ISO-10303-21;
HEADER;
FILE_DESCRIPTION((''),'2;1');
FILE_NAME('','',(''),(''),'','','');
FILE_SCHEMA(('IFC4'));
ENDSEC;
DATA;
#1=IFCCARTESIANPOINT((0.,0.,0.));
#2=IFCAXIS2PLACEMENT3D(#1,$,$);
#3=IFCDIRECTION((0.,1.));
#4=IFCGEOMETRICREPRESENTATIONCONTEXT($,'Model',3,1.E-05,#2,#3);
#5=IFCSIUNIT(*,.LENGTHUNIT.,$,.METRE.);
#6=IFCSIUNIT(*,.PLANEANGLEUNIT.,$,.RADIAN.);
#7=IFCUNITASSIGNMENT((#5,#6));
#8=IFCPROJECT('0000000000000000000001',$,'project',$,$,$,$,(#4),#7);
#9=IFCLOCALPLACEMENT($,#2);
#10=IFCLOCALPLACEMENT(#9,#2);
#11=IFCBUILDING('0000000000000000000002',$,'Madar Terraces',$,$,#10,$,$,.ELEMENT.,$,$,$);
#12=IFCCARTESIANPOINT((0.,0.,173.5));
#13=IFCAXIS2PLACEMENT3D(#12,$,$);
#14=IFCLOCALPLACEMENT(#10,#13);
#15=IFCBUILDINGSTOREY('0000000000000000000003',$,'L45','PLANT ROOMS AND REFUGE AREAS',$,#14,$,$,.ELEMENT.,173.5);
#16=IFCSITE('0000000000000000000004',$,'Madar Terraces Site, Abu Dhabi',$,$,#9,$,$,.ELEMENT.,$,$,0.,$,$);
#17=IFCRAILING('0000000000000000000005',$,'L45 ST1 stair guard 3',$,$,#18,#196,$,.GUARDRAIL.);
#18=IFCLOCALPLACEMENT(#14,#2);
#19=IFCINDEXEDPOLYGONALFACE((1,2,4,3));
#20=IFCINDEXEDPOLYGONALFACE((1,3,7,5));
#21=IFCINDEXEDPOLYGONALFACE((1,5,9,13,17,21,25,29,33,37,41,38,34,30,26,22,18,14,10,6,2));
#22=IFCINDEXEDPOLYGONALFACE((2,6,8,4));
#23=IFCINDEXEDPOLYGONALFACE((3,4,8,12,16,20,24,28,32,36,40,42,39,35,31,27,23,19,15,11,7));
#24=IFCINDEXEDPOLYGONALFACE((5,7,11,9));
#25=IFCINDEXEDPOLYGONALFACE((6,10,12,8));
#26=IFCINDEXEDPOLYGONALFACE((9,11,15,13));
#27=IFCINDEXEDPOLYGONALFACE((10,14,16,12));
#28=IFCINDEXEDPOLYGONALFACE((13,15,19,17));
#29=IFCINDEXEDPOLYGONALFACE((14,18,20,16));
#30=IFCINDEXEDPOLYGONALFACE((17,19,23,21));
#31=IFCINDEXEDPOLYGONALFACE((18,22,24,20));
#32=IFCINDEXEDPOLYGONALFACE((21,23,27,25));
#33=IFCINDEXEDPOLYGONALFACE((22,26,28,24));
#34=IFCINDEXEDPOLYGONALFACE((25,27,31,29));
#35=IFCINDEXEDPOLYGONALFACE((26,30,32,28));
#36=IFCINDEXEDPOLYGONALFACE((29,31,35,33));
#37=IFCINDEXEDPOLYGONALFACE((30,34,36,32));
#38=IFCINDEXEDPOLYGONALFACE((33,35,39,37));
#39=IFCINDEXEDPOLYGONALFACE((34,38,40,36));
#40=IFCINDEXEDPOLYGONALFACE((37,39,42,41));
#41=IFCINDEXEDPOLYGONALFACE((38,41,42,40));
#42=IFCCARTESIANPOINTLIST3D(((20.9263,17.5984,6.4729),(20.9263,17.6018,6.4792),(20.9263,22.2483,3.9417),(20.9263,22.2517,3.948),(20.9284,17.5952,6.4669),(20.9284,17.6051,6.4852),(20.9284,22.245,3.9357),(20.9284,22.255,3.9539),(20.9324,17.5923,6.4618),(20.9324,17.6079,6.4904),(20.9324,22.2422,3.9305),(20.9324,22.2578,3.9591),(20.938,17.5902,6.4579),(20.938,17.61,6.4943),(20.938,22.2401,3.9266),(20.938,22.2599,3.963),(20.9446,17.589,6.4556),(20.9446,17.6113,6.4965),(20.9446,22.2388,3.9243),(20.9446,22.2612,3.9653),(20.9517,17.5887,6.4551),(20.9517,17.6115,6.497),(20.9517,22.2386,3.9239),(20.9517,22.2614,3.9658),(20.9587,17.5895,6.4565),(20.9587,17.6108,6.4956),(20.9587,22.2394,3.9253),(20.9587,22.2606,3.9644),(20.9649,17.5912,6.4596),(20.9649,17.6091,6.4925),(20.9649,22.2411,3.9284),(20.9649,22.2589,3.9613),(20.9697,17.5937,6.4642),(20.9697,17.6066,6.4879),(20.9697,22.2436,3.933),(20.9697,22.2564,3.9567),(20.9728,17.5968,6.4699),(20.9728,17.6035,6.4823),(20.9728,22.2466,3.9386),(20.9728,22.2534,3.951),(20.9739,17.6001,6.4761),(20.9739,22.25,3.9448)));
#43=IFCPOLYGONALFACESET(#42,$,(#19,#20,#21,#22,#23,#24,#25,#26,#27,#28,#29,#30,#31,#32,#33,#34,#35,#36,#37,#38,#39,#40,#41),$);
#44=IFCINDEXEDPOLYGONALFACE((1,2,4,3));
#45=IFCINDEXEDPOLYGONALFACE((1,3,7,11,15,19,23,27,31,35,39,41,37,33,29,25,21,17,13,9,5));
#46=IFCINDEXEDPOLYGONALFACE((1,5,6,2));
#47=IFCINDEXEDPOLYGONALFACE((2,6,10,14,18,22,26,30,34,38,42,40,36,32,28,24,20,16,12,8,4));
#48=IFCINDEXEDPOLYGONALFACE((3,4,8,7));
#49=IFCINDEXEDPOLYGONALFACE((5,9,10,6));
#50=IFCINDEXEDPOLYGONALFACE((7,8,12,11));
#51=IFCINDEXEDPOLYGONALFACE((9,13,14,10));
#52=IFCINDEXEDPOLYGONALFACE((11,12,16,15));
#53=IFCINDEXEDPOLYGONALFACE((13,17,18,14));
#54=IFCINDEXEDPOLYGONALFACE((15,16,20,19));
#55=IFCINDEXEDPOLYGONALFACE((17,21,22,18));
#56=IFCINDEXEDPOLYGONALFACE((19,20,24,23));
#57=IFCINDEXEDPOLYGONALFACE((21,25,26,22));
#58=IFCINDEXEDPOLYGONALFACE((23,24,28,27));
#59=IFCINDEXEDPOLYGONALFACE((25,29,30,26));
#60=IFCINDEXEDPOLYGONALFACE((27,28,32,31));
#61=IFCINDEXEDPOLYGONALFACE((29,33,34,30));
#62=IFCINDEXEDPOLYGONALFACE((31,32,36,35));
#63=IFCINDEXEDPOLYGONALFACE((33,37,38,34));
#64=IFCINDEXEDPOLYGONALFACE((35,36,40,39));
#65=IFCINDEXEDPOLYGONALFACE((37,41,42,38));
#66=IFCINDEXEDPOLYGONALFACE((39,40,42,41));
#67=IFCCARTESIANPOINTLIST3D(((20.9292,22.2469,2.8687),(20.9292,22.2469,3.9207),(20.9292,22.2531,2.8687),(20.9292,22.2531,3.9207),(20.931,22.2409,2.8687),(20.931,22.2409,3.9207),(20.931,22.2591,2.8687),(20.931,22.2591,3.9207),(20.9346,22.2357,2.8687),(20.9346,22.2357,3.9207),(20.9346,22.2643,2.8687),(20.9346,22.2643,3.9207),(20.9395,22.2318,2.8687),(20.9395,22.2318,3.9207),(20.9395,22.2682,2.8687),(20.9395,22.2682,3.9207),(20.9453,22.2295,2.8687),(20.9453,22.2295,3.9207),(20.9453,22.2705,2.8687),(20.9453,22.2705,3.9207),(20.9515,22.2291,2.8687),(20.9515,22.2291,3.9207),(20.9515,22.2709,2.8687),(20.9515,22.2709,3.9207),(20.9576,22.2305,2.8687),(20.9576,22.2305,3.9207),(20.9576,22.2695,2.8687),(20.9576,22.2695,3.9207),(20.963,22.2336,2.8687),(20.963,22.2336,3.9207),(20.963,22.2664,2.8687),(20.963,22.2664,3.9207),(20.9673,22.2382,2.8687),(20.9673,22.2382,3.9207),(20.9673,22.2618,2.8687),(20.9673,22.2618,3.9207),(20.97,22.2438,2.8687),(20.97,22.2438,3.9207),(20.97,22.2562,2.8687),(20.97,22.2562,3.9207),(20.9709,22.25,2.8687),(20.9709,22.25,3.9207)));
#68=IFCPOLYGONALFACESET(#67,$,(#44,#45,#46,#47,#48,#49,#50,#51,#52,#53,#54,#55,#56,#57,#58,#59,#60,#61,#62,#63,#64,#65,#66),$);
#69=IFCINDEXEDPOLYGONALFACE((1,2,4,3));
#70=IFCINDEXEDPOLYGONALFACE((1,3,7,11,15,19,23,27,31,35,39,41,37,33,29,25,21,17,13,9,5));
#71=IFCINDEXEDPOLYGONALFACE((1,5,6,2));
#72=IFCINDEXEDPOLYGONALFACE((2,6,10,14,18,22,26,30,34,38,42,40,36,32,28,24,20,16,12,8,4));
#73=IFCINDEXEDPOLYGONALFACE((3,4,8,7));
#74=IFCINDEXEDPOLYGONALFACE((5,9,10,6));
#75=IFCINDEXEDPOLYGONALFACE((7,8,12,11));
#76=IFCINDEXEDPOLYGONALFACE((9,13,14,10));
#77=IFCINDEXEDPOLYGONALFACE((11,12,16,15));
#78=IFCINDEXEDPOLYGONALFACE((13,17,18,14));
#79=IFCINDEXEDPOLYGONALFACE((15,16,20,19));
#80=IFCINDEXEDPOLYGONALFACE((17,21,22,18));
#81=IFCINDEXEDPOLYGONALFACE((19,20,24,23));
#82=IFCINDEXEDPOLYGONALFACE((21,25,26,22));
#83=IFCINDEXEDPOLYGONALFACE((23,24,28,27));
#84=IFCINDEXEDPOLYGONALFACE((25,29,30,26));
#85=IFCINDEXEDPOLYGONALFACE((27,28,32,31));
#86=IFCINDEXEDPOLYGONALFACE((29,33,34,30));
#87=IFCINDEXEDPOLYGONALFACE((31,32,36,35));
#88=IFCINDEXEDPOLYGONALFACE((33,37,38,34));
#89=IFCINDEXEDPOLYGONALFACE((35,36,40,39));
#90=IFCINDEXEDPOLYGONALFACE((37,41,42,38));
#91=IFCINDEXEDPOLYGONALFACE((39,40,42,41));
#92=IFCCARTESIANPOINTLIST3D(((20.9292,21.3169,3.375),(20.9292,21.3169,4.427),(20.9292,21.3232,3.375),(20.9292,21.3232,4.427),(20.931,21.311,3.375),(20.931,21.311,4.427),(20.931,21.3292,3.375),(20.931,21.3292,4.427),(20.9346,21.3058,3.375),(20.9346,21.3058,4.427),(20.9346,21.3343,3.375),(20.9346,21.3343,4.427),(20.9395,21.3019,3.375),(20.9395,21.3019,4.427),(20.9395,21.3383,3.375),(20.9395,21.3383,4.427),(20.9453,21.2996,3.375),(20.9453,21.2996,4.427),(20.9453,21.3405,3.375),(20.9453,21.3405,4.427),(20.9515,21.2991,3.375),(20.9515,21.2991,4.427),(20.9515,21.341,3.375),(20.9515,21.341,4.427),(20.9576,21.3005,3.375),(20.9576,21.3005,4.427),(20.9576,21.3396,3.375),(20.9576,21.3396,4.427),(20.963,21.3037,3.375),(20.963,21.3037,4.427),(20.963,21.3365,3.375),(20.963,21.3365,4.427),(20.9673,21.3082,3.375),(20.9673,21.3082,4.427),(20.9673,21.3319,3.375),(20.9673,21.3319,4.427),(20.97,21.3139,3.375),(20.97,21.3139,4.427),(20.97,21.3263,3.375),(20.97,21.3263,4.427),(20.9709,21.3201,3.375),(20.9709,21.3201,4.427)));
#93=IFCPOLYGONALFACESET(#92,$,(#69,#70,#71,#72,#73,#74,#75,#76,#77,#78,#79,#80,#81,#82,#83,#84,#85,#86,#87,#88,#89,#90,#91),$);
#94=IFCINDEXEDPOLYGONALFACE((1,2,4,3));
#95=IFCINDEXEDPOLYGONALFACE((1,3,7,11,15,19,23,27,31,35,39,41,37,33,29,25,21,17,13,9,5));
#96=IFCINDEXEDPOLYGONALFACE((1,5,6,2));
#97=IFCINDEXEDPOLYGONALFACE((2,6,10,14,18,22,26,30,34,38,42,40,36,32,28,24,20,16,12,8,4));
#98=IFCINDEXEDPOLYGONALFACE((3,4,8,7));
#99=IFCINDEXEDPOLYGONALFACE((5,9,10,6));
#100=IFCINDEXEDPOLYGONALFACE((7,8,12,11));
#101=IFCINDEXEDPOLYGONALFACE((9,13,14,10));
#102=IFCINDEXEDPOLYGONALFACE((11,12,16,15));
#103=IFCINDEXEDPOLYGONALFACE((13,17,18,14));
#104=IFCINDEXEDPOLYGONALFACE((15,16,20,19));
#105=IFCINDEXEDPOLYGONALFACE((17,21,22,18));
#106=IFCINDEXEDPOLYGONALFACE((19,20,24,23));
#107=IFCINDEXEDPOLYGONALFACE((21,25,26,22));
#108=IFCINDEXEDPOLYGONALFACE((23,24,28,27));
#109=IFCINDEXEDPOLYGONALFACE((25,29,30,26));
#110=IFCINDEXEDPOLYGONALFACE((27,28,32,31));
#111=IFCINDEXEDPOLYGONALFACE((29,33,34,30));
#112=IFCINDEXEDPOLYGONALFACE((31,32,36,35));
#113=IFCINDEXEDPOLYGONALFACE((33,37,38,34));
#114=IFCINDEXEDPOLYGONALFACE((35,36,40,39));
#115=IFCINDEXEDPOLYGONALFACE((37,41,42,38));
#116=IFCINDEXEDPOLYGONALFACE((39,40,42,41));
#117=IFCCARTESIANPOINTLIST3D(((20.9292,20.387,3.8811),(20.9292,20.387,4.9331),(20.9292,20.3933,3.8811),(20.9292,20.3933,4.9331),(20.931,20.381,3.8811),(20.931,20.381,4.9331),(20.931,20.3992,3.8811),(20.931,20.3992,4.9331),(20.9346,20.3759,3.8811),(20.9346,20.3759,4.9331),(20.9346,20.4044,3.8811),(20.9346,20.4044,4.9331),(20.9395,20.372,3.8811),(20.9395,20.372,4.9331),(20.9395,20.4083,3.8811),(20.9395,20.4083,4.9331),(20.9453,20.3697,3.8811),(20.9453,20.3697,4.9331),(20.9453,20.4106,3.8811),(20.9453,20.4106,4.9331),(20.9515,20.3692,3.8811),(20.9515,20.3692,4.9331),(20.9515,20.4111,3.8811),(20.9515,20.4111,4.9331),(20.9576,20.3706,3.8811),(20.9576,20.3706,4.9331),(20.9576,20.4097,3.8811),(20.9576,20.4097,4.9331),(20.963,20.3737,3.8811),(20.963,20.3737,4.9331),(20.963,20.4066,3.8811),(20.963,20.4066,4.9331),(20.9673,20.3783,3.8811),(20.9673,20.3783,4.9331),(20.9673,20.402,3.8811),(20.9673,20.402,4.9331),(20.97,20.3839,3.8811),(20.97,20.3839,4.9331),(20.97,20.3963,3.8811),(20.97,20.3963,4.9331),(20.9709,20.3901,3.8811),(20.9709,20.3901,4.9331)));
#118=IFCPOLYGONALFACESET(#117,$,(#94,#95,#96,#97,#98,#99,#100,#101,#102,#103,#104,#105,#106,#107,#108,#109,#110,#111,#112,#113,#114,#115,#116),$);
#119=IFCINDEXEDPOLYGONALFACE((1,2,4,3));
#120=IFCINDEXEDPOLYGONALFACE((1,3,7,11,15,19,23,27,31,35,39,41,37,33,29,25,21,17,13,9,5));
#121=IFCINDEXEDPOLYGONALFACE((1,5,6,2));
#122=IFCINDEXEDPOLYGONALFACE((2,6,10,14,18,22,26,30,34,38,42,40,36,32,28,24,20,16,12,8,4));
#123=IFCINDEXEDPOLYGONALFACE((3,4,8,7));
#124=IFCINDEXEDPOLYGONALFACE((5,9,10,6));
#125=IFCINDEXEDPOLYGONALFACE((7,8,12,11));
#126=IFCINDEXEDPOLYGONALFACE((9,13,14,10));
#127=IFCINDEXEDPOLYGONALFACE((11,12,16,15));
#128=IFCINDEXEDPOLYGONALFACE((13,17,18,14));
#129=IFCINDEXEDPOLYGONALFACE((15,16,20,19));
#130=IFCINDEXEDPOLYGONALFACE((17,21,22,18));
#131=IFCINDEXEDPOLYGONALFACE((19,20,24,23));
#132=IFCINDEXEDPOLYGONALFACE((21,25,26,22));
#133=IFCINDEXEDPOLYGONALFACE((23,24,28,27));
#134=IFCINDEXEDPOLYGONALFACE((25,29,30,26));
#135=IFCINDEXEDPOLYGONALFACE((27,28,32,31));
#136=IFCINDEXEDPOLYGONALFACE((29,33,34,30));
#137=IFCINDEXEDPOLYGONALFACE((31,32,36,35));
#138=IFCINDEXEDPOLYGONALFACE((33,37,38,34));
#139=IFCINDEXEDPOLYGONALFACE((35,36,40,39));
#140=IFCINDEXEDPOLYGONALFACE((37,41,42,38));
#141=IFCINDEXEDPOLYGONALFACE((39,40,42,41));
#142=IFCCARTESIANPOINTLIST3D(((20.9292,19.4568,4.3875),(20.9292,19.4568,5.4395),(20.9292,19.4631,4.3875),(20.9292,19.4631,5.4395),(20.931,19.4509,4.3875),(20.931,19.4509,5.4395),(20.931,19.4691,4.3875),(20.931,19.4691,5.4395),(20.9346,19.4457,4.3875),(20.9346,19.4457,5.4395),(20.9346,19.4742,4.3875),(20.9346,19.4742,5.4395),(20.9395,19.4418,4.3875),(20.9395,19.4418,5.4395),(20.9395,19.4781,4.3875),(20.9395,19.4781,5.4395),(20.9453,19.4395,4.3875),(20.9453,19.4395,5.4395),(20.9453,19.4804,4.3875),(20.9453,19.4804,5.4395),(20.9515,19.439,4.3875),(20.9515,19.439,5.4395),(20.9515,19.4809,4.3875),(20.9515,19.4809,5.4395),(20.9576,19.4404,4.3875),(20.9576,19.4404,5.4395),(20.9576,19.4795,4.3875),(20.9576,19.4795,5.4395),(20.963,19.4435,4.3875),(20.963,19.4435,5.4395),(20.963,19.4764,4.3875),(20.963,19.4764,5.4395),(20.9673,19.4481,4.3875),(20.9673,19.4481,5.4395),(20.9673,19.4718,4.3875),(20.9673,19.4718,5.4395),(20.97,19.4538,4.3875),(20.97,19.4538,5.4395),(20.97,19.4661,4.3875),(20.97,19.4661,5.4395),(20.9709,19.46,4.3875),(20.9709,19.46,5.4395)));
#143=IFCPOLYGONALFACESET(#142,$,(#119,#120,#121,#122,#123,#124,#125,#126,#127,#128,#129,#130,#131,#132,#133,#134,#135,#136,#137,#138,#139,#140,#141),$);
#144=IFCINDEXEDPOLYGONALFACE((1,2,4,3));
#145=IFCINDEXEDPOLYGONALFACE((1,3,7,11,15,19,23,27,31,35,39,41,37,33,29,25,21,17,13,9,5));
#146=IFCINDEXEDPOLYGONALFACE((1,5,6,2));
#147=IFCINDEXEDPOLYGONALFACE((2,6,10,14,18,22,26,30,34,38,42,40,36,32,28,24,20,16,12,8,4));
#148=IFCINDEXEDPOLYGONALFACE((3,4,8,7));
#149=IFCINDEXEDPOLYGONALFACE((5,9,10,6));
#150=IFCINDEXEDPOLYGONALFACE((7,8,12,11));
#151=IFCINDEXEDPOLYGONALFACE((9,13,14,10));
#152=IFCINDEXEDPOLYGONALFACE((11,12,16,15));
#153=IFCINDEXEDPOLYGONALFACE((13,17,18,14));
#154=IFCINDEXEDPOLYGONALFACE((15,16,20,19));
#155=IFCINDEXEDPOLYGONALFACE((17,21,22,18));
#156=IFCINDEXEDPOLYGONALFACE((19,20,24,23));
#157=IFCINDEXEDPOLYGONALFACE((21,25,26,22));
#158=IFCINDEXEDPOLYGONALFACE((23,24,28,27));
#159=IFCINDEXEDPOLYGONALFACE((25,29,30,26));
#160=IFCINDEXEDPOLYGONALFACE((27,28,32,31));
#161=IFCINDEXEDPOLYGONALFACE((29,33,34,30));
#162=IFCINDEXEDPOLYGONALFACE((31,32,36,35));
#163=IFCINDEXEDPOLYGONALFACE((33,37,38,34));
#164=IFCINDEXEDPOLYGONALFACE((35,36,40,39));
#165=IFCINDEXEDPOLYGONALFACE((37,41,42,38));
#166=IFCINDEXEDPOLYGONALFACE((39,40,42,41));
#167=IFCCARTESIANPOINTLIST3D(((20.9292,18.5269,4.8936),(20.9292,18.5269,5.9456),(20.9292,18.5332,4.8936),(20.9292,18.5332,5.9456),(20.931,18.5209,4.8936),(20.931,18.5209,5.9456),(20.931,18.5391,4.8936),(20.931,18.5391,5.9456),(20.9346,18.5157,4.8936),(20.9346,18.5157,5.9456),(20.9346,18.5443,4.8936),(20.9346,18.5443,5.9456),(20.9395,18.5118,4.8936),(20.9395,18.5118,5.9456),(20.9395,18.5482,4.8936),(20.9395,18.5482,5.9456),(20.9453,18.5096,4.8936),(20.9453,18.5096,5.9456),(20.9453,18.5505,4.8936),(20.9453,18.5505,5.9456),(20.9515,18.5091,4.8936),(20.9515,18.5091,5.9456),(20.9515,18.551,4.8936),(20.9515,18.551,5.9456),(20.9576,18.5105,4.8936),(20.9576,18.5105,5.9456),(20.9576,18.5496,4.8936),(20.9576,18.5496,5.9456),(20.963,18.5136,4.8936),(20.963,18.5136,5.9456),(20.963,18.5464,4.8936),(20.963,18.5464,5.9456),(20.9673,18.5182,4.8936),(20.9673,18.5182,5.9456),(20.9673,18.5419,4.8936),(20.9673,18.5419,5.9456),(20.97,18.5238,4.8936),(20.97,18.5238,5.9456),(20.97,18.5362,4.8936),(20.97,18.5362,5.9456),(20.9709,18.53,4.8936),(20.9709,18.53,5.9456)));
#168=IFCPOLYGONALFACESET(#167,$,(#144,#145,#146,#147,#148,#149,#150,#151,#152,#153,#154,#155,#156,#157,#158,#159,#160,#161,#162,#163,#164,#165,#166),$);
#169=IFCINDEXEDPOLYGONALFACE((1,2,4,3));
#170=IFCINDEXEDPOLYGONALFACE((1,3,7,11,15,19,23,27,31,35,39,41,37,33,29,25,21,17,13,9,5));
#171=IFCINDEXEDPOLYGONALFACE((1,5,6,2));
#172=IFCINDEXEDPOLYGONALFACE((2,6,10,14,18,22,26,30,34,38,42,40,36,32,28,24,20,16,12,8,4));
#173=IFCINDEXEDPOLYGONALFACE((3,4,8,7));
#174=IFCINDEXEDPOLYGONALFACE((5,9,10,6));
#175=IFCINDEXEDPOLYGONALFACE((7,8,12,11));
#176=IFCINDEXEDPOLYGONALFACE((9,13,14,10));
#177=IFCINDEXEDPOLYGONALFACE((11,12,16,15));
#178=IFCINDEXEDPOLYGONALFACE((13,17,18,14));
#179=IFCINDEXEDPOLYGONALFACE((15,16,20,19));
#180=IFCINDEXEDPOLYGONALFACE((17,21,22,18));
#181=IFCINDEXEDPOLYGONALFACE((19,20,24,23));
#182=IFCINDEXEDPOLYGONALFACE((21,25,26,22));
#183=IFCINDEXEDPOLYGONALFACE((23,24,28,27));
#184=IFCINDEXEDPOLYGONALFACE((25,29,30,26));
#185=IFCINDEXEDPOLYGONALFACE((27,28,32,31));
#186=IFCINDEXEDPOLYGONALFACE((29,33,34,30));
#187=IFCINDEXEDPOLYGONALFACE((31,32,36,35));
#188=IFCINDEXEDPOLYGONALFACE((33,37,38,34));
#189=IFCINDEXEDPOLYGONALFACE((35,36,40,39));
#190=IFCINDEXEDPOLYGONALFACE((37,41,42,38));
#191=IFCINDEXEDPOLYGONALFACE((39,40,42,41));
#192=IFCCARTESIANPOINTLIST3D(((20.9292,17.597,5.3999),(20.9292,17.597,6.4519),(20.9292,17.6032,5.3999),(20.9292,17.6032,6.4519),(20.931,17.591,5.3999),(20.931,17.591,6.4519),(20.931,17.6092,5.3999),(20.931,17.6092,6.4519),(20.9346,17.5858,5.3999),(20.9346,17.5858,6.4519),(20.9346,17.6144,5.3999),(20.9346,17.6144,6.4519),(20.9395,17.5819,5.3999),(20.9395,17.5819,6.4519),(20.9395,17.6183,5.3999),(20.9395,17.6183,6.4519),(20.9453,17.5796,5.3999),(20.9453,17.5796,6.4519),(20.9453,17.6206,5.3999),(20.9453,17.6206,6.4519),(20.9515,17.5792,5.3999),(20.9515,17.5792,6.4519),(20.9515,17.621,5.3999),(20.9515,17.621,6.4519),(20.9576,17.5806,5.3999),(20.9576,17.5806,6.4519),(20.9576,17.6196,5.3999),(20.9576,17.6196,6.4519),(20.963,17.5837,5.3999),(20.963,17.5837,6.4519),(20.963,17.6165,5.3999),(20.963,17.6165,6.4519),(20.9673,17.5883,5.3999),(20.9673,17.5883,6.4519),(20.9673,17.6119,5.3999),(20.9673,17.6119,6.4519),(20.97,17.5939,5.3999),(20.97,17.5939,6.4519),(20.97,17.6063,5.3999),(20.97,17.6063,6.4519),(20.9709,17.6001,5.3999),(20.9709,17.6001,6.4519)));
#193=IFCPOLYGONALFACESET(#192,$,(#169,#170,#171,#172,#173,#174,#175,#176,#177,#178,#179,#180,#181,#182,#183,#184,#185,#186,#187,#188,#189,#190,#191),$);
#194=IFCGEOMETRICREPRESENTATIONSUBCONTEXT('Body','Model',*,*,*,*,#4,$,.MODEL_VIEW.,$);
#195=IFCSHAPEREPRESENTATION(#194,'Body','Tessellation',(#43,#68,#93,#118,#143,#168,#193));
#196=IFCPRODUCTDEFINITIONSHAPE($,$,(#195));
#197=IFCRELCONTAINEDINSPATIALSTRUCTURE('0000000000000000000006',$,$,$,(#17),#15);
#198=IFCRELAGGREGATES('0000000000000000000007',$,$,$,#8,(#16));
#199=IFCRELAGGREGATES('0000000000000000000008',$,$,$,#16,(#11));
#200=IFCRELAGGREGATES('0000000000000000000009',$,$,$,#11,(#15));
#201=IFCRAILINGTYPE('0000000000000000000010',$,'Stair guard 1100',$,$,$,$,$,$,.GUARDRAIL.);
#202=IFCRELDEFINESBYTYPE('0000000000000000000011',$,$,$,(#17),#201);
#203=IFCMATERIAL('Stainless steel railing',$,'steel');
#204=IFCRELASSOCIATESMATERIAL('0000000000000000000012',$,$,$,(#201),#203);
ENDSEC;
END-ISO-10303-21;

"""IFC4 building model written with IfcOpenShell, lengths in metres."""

from ifc_helpers import new_model, si_unit, direction, frame, origin, origin_2d, place, context, subcontext, project, spatial, circle, extrude, material, type_object, element, save


model = new_model("IFC4")

# Units and contexts
model_context = context("Model", 3, precision=1e-05, world=origin(), true_north=direction((0.0, 1.0)))
body_context = subcontext(model_context, "Body", "Model", "MODEL_VIEW")
ifc_project = project(units=[si_unit("LENGTHUNIT", "METRE"), si_unit("PLANEANGLEUNIT", "RADIAN")], contexts=[model_context])

# Site, building, storey
site_placement = place(None, origin())
site = spatial("IfcSite", under=ifc_project, at=site_placement, Name="Madar Terraces Site, Abu Dhabi", CompositionType="ELEMENT", RefElevation=0.0)
building_placement = place(site_placement, origin())
building = spatial("IfcBuilding", under=site, at=building_placement, Name="Madar Terraces", CompositionType="ELEMENT")
storey_placement = place(building_placement, frame((0.0, 0.0, 173.5)))
storey = spatial("IfcBuildingStorey", under=building, at=storey_placement, Name="L45", Description="PLANT ROOMS AND REFUGE AREAS", CompositionType="ELEMENT", Elevation=173.5)

# Railing
ifc_material_1 = material(Name="Stainless steel railing", Category="steel")
railing_type_1 = type_object("IfcRailingType", Name="Stair guard 1100", PredefinedType="GUARDRAIL", material=ifc_material_1)
railing_1_placement = place(storey_placement, frame((20.95, 22.25, 2.8687)))
element("IfcRailing", 1, at=railing_1_placement, inside=storey, type_object=railing_type_1, Name="L45 ST1 stair guard 3", PredefinedType="GUARDRAIL", context=body_context, shape_type="SweptSolid", body=[
    extrude(circle(Radius=0.0239, at=origin_2d()), frame((0.0, 0.0, 1.0762), z_axis=(0.0, -0.878297, 0.478115), x_axis=(1.0, 0.0, 0.0)), (0.0, 0.0, 1.0), 5.2942),
    extrude(circle(Radius=0.021, at=origin_2d()), origin(), (0.0, 0.0, 1.0), 1.052),
    extrude(circle(Radius=0.021, at=origin_2d()), frame((0.0, -0.9299, 0.5063)), (0.0, 0.0, 1.0), 1.052),
    extrude(circle(Radius=0.021, at=origin_2d()), frame((0.0, -1.8599, 1.0125)), (0.0, 0.0, 1.0), 1.052),
    extrude(circle(Radius=0.021, at=origin_2d()), frame((0.0, -2.79, 1.5188)), (0.0, 0.0, 1.0), 1.052),
    extrude(circle(Radius=0.021, at=origin_2d()), frame((0.0, -3.72, 2.0249)), (0.0, 0.0, 1.0), 1.052),
    extrude(circle(Radius=0.021, at=origin_2d()), frame((0.0, -4.6499, 2.5312)), (0.0, 0.0, 1.0), 1.052),
])

save(model, "model.ifc")
